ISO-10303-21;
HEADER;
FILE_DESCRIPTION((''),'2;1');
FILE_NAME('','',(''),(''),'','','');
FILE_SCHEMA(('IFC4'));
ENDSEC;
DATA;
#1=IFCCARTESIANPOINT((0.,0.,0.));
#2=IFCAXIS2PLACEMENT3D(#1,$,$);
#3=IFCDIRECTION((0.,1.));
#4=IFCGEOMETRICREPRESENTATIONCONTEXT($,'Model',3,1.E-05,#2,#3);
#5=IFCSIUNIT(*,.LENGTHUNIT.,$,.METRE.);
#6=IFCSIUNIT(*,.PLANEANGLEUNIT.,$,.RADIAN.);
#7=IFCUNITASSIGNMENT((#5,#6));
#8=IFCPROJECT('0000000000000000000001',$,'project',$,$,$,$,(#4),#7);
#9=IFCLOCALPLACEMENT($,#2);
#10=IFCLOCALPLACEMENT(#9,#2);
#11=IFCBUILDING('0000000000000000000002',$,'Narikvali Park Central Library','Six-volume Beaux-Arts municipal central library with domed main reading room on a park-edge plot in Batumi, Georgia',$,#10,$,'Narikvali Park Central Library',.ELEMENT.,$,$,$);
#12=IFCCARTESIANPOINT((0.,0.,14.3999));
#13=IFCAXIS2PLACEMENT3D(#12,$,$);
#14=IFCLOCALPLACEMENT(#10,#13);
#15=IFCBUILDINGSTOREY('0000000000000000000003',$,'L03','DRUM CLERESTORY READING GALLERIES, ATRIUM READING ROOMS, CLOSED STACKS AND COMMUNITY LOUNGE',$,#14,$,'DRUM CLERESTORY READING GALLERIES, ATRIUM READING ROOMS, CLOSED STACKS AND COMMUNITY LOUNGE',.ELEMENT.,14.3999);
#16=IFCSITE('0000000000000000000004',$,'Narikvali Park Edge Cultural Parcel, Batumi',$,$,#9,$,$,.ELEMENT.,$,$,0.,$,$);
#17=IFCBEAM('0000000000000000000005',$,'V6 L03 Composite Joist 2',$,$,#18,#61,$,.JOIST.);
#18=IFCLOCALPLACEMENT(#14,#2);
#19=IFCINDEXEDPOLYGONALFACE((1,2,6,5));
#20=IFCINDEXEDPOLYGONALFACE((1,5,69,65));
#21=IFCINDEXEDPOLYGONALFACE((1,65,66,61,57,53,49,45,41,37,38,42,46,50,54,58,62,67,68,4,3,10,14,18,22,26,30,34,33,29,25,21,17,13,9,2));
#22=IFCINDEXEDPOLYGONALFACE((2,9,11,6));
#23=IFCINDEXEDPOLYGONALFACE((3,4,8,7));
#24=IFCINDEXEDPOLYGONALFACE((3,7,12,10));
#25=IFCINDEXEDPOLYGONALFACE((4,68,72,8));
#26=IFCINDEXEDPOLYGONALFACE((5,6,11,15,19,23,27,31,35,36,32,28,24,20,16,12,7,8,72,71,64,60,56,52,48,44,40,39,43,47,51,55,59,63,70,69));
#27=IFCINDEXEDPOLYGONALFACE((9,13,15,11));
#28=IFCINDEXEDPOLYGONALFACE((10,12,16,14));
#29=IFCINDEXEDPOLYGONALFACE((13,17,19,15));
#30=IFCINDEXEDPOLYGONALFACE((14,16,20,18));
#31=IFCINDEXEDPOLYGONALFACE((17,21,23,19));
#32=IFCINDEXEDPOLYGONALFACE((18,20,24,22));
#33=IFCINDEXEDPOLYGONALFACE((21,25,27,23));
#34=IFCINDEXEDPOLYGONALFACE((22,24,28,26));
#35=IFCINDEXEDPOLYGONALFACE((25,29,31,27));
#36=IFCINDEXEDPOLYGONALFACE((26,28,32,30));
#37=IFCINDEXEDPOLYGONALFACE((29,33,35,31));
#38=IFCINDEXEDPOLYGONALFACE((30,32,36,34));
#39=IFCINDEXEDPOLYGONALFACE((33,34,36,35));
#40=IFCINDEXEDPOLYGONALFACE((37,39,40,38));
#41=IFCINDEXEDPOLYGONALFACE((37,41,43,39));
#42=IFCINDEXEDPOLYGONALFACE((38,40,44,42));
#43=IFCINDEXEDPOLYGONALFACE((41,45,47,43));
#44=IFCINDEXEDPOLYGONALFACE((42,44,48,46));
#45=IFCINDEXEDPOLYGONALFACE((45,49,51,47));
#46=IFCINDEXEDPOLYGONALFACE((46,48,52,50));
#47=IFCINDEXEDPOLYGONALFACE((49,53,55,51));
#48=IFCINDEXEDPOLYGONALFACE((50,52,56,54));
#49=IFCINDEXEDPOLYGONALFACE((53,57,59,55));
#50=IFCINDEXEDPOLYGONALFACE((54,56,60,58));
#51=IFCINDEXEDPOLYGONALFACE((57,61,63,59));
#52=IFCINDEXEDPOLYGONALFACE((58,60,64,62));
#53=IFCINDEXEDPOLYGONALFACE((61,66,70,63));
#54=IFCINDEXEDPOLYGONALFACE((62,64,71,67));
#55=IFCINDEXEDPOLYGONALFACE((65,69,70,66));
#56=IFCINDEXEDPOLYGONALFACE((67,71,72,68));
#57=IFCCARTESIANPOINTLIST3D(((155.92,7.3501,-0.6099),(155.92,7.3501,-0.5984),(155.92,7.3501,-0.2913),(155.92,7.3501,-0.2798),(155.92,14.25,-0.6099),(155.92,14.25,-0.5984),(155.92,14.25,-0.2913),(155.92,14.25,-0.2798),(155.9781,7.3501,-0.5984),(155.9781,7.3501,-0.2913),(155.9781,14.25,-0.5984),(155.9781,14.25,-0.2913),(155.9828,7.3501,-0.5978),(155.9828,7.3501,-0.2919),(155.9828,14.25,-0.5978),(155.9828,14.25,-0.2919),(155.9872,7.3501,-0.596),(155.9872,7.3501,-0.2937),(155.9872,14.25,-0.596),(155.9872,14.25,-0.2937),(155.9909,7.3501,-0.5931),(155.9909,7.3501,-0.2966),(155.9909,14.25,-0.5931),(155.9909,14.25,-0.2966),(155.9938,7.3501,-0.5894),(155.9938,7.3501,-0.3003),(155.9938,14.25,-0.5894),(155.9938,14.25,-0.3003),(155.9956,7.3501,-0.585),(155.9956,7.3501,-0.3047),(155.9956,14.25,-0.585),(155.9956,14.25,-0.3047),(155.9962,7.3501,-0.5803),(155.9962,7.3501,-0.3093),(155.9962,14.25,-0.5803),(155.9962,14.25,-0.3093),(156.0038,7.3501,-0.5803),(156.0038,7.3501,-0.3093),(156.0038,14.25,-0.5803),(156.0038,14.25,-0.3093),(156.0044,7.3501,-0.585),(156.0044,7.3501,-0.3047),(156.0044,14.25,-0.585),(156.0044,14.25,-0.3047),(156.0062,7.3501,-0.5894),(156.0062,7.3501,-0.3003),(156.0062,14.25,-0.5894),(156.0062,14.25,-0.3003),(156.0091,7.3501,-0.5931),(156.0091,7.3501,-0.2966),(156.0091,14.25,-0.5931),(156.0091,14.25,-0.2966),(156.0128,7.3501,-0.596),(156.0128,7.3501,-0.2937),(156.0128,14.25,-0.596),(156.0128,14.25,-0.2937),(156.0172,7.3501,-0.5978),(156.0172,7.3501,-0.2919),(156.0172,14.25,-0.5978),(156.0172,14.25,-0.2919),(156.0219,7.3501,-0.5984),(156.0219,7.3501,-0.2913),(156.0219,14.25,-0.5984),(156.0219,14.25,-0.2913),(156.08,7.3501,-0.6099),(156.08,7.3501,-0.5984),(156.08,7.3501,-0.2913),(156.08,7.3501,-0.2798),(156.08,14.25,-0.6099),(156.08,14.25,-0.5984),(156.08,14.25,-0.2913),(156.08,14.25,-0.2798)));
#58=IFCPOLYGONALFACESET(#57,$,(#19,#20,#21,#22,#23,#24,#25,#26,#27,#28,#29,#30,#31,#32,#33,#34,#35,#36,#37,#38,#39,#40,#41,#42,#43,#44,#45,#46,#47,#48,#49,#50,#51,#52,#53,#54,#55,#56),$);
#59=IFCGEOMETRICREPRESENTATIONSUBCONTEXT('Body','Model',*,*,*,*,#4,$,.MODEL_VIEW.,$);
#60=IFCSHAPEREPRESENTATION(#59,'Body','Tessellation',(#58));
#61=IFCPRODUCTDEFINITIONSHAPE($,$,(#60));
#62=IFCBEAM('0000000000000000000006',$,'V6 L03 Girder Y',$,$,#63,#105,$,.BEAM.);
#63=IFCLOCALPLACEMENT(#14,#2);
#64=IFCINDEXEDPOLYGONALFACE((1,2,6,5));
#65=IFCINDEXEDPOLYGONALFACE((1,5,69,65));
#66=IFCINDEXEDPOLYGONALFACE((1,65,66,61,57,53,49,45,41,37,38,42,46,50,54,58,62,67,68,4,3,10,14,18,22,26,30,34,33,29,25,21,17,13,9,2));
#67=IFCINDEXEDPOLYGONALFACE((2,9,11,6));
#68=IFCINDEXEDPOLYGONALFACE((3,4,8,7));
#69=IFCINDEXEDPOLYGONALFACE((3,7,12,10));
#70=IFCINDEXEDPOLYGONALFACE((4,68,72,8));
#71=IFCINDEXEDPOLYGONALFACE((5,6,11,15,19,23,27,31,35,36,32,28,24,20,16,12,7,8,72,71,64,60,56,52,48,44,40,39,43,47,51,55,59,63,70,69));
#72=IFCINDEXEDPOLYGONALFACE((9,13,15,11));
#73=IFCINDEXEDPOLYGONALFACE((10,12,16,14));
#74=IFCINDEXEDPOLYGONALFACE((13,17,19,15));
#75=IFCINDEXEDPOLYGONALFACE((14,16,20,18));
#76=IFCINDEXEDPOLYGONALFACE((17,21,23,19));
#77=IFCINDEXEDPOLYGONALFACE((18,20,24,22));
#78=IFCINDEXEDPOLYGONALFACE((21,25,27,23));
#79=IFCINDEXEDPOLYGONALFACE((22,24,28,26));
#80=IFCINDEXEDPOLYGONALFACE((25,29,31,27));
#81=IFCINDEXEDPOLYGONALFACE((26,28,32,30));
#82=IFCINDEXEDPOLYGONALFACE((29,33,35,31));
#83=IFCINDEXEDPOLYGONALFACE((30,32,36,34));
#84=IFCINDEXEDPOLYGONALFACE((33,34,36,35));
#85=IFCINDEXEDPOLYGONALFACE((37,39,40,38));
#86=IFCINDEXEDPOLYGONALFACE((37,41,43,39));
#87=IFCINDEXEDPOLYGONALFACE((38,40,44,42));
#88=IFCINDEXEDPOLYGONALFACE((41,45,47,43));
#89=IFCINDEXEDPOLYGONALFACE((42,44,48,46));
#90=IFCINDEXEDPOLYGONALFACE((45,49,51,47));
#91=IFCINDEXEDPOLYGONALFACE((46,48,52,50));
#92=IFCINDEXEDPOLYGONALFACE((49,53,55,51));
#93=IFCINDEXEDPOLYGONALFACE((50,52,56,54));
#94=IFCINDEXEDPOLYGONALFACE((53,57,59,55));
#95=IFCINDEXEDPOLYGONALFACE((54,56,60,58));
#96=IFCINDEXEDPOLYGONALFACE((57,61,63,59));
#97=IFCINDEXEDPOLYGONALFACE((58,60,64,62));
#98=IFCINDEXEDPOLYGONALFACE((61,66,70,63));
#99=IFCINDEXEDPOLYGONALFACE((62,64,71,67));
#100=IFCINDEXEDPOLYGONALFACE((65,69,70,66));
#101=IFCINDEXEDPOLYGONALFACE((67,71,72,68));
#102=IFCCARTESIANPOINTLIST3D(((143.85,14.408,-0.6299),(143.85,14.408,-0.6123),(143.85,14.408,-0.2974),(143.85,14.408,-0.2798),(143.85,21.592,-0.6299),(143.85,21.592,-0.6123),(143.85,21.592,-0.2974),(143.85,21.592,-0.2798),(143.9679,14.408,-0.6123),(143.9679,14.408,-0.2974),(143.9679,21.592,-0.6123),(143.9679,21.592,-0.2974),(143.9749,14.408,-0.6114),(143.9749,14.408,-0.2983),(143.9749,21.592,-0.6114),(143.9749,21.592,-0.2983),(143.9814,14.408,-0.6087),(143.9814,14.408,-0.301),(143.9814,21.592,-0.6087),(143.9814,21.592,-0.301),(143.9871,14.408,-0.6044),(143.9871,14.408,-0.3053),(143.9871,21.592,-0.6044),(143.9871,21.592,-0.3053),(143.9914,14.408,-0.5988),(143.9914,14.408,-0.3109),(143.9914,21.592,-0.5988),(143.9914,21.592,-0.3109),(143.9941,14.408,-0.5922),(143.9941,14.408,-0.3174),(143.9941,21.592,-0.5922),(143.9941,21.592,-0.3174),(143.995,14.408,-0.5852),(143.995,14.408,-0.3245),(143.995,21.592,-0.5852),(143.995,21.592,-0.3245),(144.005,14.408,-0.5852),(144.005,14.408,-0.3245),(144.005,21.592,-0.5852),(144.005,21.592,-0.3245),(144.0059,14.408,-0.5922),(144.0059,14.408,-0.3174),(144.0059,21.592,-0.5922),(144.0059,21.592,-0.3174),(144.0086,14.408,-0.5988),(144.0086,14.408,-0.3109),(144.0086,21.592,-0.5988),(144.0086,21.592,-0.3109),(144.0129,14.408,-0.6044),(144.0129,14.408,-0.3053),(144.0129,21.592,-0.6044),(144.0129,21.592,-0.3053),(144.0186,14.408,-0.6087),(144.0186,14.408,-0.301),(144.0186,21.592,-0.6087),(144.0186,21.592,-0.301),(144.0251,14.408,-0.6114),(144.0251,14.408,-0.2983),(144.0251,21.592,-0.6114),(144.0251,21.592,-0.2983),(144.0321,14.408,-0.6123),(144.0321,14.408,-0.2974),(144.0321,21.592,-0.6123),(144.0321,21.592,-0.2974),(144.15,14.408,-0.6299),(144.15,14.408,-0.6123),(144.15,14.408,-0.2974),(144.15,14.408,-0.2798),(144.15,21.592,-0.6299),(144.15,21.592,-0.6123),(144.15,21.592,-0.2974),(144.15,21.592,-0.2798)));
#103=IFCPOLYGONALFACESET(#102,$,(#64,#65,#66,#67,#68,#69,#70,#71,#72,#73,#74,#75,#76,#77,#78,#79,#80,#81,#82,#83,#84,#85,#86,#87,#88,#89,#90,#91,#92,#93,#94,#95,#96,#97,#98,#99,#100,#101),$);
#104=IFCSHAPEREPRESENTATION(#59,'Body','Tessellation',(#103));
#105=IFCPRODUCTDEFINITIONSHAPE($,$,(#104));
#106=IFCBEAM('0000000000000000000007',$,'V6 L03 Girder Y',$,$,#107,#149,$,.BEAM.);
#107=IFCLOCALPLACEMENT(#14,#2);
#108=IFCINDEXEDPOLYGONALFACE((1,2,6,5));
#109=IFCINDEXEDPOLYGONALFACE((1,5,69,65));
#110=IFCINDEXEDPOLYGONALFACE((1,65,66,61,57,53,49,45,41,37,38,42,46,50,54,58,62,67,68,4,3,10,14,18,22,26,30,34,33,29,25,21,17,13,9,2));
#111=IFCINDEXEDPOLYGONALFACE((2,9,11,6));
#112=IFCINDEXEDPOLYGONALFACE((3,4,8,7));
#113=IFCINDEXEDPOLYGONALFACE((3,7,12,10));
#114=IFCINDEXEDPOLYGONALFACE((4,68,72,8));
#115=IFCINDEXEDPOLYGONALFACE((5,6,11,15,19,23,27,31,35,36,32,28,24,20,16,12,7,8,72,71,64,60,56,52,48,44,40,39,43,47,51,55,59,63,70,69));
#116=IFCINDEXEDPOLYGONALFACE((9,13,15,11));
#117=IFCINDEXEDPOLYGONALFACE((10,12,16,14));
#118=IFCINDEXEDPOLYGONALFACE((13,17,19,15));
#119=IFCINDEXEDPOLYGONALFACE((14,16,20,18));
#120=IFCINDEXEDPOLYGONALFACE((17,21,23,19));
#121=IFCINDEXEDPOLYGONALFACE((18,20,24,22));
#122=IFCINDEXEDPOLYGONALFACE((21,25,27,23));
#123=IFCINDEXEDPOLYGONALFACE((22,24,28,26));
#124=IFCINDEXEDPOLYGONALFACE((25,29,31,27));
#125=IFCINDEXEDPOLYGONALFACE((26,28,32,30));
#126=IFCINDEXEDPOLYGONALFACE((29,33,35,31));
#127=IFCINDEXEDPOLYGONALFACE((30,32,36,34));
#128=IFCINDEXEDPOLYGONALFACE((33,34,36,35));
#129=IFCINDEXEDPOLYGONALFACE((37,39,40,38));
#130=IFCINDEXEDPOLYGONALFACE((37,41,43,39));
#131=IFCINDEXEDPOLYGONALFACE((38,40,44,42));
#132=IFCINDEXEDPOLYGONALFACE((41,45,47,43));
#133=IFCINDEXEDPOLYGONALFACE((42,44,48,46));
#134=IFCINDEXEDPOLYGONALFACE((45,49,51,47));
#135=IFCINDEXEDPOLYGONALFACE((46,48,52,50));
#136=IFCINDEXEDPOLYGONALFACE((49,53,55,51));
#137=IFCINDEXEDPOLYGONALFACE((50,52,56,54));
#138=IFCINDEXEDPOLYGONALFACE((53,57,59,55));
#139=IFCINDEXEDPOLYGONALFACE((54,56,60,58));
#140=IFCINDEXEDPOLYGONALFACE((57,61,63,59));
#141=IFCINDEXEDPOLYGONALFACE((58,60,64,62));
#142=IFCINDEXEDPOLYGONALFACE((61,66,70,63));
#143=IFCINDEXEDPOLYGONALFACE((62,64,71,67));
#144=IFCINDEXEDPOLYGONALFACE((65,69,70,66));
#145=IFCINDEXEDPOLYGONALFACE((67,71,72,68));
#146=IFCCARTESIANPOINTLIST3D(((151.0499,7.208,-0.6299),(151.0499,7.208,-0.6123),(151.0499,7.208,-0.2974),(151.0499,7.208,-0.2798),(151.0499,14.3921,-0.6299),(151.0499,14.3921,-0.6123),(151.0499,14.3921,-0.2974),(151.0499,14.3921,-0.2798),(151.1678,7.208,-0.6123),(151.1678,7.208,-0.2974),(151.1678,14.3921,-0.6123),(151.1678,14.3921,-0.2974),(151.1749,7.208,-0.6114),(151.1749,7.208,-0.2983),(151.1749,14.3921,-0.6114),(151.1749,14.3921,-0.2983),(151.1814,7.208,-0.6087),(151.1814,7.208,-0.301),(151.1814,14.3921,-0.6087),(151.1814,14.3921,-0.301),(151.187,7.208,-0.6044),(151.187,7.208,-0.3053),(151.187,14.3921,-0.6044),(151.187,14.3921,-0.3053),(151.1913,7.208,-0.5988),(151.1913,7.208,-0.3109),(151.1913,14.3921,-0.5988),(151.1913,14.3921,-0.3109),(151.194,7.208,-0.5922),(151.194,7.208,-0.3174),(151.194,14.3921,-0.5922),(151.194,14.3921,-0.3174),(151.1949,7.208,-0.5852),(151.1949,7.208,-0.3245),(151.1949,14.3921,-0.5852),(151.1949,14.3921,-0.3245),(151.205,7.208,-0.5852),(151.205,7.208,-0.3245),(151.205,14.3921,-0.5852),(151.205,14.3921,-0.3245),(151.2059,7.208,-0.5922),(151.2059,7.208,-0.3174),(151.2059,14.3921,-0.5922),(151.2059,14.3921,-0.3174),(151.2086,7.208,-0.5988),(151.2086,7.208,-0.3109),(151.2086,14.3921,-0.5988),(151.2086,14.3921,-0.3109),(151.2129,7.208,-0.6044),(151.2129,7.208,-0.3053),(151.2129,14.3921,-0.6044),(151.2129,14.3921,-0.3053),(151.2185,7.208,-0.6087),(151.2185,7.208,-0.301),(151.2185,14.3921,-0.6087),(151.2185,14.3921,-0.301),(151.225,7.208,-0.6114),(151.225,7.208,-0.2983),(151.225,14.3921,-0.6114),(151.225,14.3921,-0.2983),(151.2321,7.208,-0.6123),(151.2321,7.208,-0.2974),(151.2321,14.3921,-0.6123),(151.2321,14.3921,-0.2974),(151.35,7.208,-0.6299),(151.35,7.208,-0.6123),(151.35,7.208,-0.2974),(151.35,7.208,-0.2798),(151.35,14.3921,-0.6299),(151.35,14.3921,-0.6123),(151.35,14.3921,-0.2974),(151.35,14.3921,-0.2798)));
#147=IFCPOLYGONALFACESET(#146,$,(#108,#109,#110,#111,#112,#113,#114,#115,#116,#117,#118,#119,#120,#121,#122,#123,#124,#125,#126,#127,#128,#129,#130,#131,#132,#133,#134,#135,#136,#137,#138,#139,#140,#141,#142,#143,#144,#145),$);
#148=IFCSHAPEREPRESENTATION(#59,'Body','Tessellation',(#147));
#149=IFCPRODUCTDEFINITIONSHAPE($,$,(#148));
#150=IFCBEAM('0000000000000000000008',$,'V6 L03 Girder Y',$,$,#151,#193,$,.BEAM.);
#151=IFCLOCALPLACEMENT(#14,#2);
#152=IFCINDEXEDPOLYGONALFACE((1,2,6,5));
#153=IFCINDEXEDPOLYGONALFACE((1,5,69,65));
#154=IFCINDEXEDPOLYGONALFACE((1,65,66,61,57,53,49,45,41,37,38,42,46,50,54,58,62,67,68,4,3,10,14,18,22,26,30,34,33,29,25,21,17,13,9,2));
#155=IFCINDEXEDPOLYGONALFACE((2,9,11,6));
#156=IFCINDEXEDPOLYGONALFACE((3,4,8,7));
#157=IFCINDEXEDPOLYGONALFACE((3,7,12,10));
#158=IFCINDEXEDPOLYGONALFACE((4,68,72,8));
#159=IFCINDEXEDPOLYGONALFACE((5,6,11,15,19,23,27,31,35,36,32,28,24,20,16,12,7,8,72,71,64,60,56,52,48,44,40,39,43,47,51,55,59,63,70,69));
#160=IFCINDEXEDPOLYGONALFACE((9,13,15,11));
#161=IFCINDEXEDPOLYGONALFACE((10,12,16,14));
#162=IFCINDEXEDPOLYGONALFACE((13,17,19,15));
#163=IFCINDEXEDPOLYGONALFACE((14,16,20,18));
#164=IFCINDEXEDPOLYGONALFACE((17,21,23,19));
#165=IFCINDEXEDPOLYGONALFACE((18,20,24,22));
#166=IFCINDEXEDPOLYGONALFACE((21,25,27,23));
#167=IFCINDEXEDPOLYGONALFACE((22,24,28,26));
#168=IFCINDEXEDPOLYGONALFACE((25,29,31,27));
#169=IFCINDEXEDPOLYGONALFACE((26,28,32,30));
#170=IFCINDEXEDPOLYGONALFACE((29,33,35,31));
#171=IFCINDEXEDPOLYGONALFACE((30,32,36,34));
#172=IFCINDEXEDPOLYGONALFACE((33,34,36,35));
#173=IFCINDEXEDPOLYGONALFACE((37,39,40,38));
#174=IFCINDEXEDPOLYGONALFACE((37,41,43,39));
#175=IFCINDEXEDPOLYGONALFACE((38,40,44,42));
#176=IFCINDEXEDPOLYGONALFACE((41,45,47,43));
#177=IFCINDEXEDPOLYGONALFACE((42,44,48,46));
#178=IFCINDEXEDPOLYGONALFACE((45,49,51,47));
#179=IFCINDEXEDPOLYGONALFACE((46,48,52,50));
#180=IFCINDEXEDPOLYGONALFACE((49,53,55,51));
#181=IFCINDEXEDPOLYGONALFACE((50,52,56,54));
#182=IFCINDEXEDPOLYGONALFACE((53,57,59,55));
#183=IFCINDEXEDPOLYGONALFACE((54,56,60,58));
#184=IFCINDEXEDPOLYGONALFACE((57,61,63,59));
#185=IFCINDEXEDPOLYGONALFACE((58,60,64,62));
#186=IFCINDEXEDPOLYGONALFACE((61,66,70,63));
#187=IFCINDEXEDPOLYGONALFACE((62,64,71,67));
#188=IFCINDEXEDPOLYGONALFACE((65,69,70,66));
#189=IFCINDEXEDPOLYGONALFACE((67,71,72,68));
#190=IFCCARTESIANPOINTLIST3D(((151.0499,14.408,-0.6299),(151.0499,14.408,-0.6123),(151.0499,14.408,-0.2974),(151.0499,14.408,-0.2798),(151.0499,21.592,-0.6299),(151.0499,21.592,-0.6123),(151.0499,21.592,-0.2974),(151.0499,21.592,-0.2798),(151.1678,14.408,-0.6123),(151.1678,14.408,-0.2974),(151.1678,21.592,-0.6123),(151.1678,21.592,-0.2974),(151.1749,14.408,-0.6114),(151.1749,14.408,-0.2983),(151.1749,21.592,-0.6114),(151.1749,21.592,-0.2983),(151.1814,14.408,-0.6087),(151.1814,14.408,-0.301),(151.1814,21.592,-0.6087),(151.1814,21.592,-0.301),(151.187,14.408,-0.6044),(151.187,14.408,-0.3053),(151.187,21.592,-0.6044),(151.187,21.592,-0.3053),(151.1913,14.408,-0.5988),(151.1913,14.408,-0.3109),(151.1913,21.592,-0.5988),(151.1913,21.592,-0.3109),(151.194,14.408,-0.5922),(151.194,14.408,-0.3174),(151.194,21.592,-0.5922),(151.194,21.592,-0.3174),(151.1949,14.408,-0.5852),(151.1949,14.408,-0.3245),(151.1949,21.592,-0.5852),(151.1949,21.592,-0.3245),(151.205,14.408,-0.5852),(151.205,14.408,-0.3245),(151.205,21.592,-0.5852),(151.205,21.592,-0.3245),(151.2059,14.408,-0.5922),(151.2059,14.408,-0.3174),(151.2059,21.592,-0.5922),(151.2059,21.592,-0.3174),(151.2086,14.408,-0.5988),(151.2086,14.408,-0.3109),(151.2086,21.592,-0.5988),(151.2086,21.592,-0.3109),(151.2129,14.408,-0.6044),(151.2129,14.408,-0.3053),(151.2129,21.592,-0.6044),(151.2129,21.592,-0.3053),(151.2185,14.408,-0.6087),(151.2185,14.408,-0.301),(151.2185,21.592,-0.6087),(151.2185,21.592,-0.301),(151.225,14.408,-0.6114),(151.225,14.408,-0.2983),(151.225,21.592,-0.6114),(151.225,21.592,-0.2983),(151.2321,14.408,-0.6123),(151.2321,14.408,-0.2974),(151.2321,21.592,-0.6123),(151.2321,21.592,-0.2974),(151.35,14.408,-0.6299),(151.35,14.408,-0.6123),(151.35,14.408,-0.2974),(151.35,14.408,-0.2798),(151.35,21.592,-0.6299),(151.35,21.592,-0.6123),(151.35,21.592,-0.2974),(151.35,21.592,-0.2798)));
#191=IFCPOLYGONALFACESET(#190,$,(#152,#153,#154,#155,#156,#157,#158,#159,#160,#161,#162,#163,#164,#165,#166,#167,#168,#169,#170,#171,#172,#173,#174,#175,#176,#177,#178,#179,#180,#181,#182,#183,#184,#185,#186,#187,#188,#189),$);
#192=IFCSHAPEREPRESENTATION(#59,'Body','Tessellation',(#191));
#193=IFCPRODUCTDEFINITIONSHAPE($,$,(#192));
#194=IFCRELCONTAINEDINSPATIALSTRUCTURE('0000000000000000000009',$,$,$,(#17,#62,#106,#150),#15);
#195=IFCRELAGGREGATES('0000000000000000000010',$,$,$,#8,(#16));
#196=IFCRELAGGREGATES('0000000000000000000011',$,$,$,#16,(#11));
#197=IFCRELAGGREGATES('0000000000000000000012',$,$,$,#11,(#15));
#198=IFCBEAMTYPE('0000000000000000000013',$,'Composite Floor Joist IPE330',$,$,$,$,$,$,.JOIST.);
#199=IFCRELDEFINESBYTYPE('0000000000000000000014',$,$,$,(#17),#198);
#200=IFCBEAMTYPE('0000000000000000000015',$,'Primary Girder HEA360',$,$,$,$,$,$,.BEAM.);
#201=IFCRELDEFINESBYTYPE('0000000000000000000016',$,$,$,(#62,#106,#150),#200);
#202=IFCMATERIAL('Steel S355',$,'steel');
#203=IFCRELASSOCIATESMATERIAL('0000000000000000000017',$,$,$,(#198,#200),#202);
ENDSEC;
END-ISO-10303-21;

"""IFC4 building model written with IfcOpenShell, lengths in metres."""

from ifc_helpers import new_model, si_unit, direction, frame, origin, origin_2d, place, context, subcontext, project, spatial, i_section, extrude, material, material_profile, profile_set, type_object, element, save


model = new_model("IFC4")

# Units and contexts
model_context = context("Model", 3, precision=1e-05, world=origin(), true_north=direction((0.0, 1.0)))
body_context = subcontext(model_context, "Body", "Model", "MODEL_VIEW")
ifc_project = project(units=[si_unit("LENGTHUNIT", "METRE"), si_unit("PLANEANGLEUNIT", "RADIAN")], contexts=[model_context])

# Site, building, storey
site_placement = place(None, origin())
site = spatial("IfcSite", under=ifc_project, at=site_placement, Name="Narikvali Park Edge Cultural Parcel, Batumi", CompositionType="ELEMENT", RefElevation=0.0)
building_placement = place(site_placement, origin())
building = spatial("IfcBuilding", under=site, at=building_placement, Name="Narikvali Park Central Library", Description="Six-volume Beaux-Arts municipal central library with domed main reading room on a park-edge plot in Batumi, Georgia", LongName="Narikvali Park Central Library", CompositionType="ELEMENT")
storey_placement = place(building_placement, frame((0.0, 0.0, 14.3999)))
storey = spatial("IfcBuildingStorey", under=building, at=storey_placement, Name="L03", Description="DRUM CLERESTORY READING GALLERIES, ATRIUM READING ROOMS, CLOSED STACKS AND COMMUNITY LOUNGE", LongName="DRUM CLERESTORY READING GALLERIES, ATRIUM READING ROOMS, CLOSED STACKS AND COMMUNITY LOUNGE", CompositionType="ELEMENT", Elevation=14.3999)

# Shared definitions
ifc_material_1 = material(Name="Steel S355", Category="steel")

# Beams
ifc_material_profile_1 = material_profile(ifc_material_1, i_section(OverallWidth=0.1599, OverallDepth=0.3301, WebThickness=0.0076, FlangeThickness=0.0115, FilletRadius=0.0181, at=origin_2d()), Name="IPE 330")
ifc_profile_set_1 = profile_set([ifc_material_profile_1], Name="Steel S355")
beam_type_1 = type_object("IfcBeamType", Name="Composite Floor Joist IPE330", PredefinedType="JOIST", material=ifc_profile_set_1)
for number, where, z_axis, x_axis, name in (
    (1, (156.0, 7.3501, -0.4448), (0.0, 1.0, 0.0), (-1.0, 0.0, 0.0), "V6 L03 Composite Joist 2"),
):
    element("IfcBeam", number, at=place(storey_placement, frame(where, z_axis=z_axis, x_axis=x_axis)), inside=storey, type_object=beam_type_1, Name=name, PredefinedType="JOIST", context=body_context, shape_type="SweptSolid", body=[
        extrude(i_section(OverallWidth=0.1599, OverallDepth=0.3301, WebThickness=0.0076, FlangeThickness=0.0115, FilletRadius=0.0181, at=origin_2d()), origin(), (0.0, 0.0, 1.0), 6.8999),
    ])
ifc_material_profile_2 = material_profile(ifc_material_1, i_section(OverallWidth=0.3, OverallDepth=0.3501, WebThickness=0.01, FlangeThickness=0.0176, FilletRadius=0.0271, at=origin_2d()), Name="HEA 360")
ifc_profile_set_2 = profile_set([ifc_material_profile_2], Name="Steel S355")
beam_type_2 = type_object("IfcBeamType", Name="Primary Girder HEA360", PredefinedType="BEAM", material=ifc_profile_set_2)
for number, where, z_axis, x_axis, name in (
    (2, (144.0, 14.408, -0.4548), (0.0, 1.0, 0.0), (-1.0, 0.0, 0.0), "V6 L03 Girder Y"),
    (3, (151.2, 7.208, -0.4548), (0.0, 1.0, 0.0), (-1.0, 0.0, 0.0), "V6 L03 Girder Y"),
    (4, (151.2, 14.408, -0.4548), (0.0, 1.0, 0.0), (-1.0, 0.0, 0.0), "V6 L03 Girder Y"),
):
    element("IfcBeam", number, at=place(storey_placement, frame(where, z_axis=z_axis, x_axis=x_axis)), inside=storey, type_object=beam_type_2, Name=name, PredefinedType="BEAM", context=body_context, shape_type="SweptSolid", body=[
        extrude(i_section(OverallWidth=0.3, OverallDepth=0.3501, WebThickness=0.01, FlangeThickness=0.0176, FilletRadius=0.0271, at=origin_2d()), origin(), (0.0, 0.0, 1.0), 7.1841),
    ])

save(model, "model.ifc")
